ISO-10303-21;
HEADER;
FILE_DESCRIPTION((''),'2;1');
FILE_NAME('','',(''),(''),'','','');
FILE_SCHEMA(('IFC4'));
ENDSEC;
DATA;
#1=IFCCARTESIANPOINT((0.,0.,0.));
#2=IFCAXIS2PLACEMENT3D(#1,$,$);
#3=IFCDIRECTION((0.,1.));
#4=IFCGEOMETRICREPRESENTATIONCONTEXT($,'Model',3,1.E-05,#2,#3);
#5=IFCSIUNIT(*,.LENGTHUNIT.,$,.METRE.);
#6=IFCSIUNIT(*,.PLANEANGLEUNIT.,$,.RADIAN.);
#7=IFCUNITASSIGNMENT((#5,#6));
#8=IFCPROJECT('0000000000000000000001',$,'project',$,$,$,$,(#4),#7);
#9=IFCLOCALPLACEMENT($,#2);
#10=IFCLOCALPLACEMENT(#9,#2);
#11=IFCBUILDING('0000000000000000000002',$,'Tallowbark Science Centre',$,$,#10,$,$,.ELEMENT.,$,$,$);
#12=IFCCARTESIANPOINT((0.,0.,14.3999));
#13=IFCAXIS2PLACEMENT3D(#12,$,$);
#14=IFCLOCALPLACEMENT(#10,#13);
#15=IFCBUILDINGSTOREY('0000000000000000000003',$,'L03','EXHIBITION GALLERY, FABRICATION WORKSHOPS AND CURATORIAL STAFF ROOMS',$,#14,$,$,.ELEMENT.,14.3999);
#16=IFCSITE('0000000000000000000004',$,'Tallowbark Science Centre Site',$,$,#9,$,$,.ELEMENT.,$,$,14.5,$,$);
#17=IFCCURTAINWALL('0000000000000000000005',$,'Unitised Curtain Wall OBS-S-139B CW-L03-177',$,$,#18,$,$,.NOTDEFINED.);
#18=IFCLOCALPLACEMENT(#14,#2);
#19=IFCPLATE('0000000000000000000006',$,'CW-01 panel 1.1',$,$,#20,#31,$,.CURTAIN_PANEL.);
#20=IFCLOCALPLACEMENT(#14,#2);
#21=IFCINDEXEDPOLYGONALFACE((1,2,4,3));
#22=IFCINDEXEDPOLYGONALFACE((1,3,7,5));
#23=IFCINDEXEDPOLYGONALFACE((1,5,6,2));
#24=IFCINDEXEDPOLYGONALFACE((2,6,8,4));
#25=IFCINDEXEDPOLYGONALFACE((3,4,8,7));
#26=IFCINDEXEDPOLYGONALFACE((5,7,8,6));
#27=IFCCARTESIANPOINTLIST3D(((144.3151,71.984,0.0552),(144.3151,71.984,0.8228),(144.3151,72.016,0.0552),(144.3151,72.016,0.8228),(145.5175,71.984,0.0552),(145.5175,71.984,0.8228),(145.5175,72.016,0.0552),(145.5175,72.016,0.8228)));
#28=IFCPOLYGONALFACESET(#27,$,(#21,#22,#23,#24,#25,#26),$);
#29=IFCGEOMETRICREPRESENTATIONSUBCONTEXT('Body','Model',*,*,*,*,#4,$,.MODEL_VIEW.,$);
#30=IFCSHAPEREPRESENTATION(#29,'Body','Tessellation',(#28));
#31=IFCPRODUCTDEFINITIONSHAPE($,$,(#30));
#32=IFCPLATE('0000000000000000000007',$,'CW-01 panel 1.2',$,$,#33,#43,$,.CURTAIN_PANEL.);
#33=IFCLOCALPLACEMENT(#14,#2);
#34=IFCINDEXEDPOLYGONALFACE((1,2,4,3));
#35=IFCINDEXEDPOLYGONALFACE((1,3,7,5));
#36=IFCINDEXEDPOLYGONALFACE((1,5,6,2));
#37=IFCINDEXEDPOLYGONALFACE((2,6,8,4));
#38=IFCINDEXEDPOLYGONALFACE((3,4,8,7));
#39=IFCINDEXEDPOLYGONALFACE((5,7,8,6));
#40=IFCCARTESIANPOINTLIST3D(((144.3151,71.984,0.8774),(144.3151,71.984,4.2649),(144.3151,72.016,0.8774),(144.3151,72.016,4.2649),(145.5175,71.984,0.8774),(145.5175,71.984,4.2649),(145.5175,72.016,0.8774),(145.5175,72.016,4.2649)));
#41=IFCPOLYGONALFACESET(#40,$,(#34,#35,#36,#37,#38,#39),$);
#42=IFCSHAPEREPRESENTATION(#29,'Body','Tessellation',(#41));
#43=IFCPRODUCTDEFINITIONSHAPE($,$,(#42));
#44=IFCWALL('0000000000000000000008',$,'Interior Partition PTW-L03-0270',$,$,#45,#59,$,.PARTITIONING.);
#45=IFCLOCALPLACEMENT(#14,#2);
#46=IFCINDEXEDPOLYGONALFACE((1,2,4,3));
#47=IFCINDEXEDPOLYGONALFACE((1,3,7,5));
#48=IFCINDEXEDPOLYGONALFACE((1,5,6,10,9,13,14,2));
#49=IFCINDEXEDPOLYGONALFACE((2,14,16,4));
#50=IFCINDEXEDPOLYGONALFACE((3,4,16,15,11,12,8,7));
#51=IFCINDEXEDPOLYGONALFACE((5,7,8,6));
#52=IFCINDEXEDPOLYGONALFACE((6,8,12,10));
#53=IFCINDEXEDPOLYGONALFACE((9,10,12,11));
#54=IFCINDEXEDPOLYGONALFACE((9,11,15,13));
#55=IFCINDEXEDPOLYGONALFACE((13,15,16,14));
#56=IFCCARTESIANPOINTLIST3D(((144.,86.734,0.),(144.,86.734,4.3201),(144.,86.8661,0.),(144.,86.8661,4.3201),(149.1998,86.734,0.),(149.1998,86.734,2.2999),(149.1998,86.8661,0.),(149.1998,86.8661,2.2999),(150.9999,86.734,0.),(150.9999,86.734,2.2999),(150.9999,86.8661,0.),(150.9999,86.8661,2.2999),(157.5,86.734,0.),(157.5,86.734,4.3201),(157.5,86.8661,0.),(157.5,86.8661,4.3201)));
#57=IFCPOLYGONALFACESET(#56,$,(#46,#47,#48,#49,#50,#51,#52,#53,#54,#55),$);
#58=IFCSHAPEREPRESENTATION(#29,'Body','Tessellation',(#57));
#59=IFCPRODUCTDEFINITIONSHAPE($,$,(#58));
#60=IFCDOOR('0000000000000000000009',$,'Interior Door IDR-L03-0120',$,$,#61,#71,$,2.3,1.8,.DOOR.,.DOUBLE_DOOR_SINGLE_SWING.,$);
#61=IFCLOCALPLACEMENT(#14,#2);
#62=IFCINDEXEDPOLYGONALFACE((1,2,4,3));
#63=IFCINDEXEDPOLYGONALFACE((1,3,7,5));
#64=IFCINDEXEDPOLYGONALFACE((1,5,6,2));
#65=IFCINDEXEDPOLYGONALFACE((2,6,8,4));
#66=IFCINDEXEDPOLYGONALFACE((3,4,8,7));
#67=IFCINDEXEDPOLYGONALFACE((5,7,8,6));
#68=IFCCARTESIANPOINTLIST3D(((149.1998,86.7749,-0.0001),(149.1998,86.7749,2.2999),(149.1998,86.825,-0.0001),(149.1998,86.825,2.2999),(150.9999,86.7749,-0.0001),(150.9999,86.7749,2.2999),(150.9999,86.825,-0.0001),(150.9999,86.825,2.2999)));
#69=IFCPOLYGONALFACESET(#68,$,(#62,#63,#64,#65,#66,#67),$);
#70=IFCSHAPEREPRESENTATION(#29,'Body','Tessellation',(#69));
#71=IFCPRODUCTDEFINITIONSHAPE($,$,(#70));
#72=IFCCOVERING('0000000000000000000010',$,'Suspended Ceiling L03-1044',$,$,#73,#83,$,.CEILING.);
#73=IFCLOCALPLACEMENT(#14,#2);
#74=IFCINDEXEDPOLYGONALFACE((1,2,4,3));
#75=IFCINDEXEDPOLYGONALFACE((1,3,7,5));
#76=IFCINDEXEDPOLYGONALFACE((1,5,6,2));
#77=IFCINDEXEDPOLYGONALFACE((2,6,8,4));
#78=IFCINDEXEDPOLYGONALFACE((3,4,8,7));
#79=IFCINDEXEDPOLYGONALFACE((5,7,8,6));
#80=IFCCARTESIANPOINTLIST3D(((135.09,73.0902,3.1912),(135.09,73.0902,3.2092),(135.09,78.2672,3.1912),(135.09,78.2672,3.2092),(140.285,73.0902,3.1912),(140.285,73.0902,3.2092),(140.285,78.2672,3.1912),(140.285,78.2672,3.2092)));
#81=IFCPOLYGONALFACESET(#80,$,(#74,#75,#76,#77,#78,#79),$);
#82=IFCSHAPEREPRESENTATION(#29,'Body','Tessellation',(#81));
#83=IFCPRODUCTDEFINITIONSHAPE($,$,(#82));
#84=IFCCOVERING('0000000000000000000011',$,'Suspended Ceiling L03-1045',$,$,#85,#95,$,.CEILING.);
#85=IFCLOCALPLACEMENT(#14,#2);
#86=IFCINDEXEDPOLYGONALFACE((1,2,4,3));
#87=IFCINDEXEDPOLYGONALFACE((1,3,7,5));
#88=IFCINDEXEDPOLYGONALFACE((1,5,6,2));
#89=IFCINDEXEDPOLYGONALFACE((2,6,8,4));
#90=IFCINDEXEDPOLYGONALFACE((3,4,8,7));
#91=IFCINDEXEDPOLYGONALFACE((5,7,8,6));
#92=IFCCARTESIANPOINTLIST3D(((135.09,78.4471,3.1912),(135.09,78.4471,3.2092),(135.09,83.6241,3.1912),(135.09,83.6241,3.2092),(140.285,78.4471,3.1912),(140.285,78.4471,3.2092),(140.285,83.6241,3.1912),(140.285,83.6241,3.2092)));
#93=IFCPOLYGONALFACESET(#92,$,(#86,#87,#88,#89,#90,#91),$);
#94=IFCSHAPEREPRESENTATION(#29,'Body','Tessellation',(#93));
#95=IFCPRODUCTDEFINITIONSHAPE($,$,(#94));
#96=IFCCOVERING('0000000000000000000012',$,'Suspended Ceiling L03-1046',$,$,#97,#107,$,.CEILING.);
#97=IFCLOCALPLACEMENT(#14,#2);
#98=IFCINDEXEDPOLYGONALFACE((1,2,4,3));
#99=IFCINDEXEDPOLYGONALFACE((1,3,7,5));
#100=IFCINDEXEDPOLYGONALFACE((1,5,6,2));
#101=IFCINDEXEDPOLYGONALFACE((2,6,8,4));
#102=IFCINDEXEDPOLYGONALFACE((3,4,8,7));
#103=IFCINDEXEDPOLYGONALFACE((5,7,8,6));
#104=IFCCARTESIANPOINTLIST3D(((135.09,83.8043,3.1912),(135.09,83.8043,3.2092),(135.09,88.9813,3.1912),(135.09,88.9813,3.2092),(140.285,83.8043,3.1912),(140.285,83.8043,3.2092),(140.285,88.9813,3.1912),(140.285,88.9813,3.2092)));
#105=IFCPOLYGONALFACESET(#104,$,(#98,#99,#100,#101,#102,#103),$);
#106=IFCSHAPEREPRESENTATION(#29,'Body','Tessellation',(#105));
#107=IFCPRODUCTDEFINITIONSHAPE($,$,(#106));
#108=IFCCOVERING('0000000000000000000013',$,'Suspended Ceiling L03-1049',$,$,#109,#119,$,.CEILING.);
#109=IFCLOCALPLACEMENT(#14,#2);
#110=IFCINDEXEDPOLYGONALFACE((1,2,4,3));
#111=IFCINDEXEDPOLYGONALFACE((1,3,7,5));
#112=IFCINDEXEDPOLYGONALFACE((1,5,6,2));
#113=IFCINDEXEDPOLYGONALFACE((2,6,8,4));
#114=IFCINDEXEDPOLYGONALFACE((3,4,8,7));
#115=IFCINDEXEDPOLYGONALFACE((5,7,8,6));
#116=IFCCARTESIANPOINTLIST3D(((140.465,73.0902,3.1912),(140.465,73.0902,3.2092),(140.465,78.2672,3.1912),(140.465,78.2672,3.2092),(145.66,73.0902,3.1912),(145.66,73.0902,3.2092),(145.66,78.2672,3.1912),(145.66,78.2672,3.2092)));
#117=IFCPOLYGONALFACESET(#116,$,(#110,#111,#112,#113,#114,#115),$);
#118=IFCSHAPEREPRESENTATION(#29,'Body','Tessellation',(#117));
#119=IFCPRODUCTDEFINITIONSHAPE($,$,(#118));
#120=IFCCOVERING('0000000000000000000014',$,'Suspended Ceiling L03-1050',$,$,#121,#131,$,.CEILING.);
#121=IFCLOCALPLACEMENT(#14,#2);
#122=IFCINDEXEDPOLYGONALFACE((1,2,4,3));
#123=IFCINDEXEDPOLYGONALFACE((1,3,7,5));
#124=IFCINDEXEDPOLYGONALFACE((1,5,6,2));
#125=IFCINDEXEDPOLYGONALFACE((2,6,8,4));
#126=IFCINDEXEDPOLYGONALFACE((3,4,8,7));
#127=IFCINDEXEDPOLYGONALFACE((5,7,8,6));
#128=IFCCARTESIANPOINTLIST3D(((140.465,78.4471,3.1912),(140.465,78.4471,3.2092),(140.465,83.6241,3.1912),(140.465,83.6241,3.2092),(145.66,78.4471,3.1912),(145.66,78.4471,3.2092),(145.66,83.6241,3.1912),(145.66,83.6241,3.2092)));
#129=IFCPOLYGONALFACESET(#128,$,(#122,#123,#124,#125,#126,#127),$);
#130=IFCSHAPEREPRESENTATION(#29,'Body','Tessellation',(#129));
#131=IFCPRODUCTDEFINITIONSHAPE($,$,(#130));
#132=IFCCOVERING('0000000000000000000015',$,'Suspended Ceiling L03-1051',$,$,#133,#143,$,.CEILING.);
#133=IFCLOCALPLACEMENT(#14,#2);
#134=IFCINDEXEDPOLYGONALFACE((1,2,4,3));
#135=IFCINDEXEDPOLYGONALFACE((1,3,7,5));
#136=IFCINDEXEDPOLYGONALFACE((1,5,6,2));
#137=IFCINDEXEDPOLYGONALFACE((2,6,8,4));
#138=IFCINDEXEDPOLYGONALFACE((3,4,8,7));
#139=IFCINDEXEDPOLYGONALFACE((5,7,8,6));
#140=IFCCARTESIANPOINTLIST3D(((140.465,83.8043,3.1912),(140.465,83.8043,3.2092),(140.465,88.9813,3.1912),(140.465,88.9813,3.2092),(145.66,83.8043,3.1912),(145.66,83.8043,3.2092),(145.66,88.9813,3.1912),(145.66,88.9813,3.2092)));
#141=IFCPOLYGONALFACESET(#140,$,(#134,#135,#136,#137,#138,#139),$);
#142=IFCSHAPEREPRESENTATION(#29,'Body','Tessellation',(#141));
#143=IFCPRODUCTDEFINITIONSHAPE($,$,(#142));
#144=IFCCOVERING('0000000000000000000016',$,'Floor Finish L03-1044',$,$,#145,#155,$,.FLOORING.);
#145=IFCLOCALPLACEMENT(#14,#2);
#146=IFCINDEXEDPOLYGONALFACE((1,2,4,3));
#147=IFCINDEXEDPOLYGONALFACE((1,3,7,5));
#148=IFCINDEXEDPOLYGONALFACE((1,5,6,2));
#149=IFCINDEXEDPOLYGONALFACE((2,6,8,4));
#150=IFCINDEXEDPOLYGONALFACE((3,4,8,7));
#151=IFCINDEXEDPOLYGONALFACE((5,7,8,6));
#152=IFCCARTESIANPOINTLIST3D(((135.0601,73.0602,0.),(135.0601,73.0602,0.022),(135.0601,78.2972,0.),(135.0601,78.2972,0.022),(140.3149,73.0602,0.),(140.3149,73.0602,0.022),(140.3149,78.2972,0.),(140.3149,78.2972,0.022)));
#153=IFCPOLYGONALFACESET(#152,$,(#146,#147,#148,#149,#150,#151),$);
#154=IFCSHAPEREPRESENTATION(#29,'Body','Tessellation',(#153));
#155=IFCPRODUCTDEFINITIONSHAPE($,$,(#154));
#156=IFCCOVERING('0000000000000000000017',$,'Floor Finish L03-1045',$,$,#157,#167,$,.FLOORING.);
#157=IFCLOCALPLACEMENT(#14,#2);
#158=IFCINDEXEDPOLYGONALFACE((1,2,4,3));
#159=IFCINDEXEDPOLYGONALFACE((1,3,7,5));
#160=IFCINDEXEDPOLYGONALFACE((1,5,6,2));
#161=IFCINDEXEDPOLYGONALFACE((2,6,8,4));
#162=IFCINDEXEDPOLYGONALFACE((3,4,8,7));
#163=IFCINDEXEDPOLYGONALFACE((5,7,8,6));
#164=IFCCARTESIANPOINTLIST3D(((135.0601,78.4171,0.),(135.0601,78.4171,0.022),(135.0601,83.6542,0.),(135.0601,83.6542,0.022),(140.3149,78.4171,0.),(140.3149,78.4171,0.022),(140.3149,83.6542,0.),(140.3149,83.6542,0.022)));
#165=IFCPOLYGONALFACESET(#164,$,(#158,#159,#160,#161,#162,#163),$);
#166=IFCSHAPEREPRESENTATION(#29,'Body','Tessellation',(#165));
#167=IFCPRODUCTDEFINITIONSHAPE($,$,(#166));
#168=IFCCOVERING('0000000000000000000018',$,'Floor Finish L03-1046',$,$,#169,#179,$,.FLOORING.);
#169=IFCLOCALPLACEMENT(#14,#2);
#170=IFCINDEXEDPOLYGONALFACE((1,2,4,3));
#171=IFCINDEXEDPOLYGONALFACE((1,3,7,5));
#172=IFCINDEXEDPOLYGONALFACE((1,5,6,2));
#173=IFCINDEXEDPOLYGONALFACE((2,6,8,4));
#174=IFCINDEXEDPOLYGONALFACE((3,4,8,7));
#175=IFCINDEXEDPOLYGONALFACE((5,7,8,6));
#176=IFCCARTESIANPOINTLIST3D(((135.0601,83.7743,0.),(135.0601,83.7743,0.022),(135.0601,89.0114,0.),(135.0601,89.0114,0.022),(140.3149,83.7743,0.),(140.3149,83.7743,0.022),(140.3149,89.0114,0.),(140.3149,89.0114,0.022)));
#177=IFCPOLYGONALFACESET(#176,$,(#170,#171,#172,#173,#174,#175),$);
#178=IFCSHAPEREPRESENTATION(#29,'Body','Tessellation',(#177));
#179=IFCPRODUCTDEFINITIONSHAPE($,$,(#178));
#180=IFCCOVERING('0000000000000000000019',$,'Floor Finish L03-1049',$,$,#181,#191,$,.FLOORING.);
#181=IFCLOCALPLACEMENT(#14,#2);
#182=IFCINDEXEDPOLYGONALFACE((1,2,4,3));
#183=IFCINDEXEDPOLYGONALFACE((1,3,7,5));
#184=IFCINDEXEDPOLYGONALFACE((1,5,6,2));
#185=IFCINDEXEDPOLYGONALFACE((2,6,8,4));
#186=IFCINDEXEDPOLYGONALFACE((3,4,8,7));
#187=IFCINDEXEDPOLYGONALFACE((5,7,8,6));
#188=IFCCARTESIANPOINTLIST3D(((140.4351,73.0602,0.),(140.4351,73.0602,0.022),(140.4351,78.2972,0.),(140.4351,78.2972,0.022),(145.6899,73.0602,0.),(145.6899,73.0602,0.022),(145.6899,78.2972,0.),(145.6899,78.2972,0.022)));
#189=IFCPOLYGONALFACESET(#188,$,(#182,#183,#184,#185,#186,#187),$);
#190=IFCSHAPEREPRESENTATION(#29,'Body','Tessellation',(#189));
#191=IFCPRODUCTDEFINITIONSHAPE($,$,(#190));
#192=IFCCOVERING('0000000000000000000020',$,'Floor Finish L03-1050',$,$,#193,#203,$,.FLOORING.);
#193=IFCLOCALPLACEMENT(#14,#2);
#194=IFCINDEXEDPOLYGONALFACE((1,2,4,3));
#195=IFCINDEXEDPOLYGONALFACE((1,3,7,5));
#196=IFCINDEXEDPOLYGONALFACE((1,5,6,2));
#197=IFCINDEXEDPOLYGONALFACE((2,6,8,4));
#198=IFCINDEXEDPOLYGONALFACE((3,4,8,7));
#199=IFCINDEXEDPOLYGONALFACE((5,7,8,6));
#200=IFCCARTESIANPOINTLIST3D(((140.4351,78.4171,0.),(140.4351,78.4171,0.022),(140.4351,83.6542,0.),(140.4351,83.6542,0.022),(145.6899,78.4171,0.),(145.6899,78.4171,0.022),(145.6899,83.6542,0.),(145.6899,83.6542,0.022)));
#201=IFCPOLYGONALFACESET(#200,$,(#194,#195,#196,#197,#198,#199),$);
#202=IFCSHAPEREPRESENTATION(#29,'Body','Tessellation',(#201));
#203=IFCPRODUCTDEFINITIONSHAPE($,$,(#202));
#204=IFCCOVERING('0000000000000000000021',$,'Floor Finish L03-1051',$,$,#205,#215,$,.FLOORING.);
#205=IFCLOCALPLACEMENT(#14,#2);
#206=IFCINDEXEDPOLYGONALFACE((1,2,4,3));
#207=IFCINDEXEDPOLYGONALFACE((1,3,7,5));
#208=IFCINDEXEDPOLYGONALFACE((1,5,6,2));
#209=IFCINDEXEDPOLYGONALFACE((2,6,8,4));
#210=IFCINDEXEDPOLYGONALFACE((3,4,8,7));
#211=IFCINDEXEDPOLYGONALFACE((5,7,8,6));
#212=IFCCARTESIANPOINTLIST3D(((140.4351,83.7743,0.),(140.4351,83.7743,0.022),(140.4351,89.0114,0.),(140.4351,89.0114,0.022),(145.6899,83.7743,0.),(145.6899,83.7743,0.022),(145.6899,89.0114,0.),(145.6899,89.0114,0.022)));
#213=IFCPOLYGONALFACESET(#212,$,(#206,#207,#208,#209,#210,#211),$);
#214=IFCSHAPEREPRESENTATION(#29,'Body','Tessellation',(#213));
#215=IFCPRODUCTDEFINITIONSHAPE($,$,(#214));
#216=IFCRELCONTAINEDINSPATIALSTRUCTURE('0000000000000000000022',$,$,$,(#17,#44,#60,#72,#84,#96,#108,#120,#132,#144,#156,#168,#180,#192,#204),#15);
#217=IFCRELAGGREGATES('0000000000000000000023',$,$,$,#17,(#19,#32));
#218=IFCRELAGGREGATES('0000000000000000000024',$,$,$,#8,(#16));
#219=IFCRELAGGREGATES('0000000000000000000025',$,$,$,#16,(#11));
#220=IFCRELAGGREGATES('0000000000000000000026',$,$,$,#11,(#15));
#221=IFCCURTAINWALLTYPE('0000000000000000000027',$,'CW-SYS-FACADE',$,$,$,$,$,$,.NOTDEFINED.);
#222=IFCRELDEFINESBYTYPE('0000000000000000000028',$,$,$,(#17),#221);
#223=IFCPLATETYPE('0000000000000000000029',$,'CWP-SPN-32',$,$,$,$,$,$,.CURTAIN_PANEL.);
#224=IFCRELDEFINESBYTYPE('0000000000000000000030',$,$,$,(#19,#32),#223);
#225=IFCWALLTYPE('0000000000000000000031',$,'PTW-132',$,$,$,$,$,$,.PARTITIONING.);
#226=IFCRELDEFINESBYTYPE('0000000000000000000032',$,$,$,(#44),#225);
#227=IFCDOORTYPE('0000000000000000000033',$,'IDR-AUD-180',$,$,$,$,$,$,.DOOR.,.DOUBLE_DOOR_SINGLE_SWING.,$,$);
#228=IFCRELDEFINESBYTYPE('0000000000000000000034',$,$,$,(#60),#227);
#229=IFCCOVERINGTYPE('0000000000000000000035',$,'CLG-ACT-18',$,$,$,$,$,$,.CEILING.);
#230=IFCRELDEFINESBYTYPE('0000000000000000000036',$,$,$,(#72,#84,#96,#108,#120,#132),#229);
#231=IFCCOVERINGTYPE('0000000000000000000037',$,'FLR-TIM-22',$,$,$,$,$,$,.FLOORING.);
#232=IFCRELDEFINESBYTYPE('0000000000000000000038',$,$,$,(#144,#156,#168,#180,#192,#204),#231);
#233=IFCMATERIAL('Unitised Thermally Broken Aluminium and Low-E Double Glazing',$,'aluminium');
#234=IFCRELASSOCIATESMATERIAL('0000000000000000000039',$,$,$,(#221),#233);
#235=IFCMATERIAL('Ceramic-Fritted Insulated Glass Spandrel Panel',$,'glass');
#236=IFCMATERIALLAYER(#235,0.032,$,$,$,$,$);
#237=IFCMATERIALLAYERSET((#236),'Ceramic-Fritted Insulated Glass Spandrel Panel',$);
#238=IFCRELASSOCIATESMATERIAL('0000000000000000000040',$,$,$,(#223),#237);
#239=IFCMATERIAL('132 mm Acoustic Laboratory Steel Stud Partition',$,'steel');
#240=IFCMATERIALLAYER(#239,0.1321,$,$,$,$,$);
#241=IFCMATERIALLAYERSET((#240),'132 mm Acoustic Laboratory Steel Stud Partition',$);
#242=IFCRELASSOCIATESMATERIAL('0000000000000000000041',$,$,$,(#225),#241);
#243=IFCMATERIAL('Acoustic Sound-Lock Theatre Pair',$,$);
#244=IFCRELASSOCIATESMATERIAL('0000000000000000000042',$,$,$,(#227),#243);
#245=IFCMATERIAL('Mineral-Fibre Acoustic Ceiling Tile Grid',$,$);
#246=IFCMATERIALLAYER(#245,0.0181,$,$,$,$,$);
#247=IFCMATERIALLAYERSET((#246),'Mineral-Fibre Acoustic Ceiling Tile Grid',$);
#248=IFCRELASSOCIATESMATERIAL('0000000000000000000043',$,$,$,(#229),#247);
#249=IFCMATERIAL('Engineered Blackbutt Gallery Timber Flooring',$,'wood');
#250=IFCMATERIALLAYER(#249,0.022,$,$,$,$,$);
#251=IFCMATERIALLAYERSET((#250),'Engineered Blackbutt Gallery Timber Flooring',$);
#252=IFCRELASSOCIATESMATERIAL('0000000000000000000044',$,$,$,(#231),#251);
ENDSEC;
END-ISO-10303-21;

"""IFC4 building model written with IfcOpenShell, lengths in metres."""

from ifc_helpers import new_model, si_unit, direction, frame, frame_2d, origin, origin_2d, place, context, subcontext, project, spatial, rectangle, extrude, material, layer, layer_set, type_object, element, fill, aggregate, save


model = new_model("IFC4")

# Units and contexts
model_context = context("Model", 3, precision=1e-05, world=origin(), true_north=direction((0.0, 1.0)))
body_context = subcontext(model_context, "Body", "Model", "MODEL_VIEW")
ifc_project = project(units=[si_unit("LENGTHUNIT", "METRE"), si_unit("PLANEANGLEUNIT", "RADIAN")], contexts=[model_context])

# Site, building, storey
site_placement = place(None, origin())
site = spatial("IfcSite", under=ifc_project, at=site_placement, Name="Tallowbark Science Centre Site", CompositionType="ELEMENT", RefElevation=14.5)
building_placement = place(site_placement, origin())
building = spatial("IfcBuilding", under=site, at=building_placement, Name="Tallowbark Science Centre", CompositionType="ELEMENT")
storey_placement = place(building_placement, frame((0.0, 0.0, 14.3999)))
storey = spatial("IfcBuildingStorey", under=building, at=storey_placement, Name="L03", Description="EXHIBITION GALLERY, FABRICATION WORKSHOPS AND CURATORIAL STAFF ROOMS", CompositionType="ELEMENT", Elevation=14.3999)

# Curtain wall
ifc_material_1 = material(Name="Unitised Thermally Broken Aluminium and Low-E Double Glazing", Category="aluminium")
curtain_wall_type = type_object("IfcCurtainWallType", Name="CW-SYS-FACADE", PredefinedType="NOTDEFINED", material=ifc_material_1)
curtain_wall_placement = place(storey_placement, origin())
curtain_wall = element("IfcCurtainWall", 1, at=curtain_wall_placement, inside=storey, type_object=curtain_wall_type, Name="Unitised Curtain Wall OBS-S-139B CW-L03-177", PredefinedType="NOTDEFINED")

# Plates
ifc_material_2 = material(Name="Ceramic-Fritted Insulated Glass Spandrel Panel", Category="glass")
ifc_layer_1 = layer(ifc_material_2, 0.032)
ifc_layer_set_1 = layer_set([ifc_layer_1], Name="Ceramic-Fritted Insulated Glass Spandrel Panel")
plate_type = type_object("IfcPlateType", Name="CWP-SPN-32", PredefinedType="CURTAIN_PANEL", material=ifc_layer_set_1)
plate_1_placement = place(storey_placement, frame((144.9163, 72.0, 0.0552), z_axis=(0.0, 0.0, 1.0), x_axis=(1.0, 0.0, 0.0)))
plate_1 = element("IfcPlate", 2, at=plate_1_placement, type_object=plate_type, Name="CW-01 panel 1.1", PredefinedType="CURTAIN_PANEL", context=body_context, shape_type="SweptSolid", body=[
    extrude(rectangle(XDim=1.2024, YDim=0.032, at=origin_2d()), origin(), (0.0, 0.0, 1.0), 0.7676),
])
plate_2_placement = place(storey_placement, frame((144.9163, 72.0, 0.8774), z_axis=(0.0, 0.0, 1.0), x_axis=(1.0, 0.0, 0.0)))
plate_2 = element("IfcPlate", 3, at=plate_2_placement, type_object=plate_type, Name="CW-01 panel 1.2", PredefinedType="CURTAIN_PANEL", context=body_context, shape_type="SweptSolid", body=[
    extrude(rectangle(XDim=1.2024, YDim=0.032, at=origin_2d()), origin(), (0.0, 0.0, 1.0), 3.3875),
])
aggregate(curtain_wall, [plate_1, plate_2])

# Wall, opening, door
ifc_material_3 = material(Name="132 mm Acoustic Laboratory Steel Stud Partition", Category="steel")
ifc_layer_2 = layer(ifc_material_3, 0.1321)
ifc_layer_set_2 = layer_set([ifc_layer_2], Name="132 mm Acoustic Laboratory Steel Stud Partition")
wall_type = type_object("IfcWallType", Name="PTW-132", PredefinedType="PARTITIONING", material=ifc_layer_set_2)
wall_placement = place(storey_placement, frame((144.0, 86.8, 0.0), z_axis=(0.0, 0.0, 1.0), x_axis=(1.0, 0.0, 0.0)))
wall = element("IfcWall", 4, at=wall_placement, inside=storey, type_object=wall_type, Name="Interior Partition PTW-L03-0270", PredefinedType="PARTITIONING", context=body_context, shape_type="SweptSolid", body=[
    extrude(rectangle(XDim=13.5, YDim=0.1321, at=frame_2d((6.75, 0.0))), origin(), (0.0, 0.0, 1.0), 4.3201),
])
opening_placement = place(wall_placement, frame((5.2, 0.0, 0.0)))
opening = element("IfcOpeningElement", 5, at=opening_placement, cuts=wall, PredefinedType="OPENING", context=body_context, shape_type="SweptSolid", body=[
    extrude(rectangle(XDim=1.8, YDim=2.3, at=frame_2d((0.8999, 1.1499))), frame((0.0, 0.0762, 0.0), z_axis=(0.0, -1.0, 0.0), x_axis=(1.0, 0.0, 0.0)), (0.0, 0.0, 1.0), 0.1521),
])
ifc_material_4 = material(Name="Acoustic Sound-Lock Theatre Pair")
door_type = type_object("IfcDoorType", Name="IDR-AUD-180", OperationType="DOUBLE_DOOR_SINGLE_SWING", PredefinedType="DOOR", material=ifc_material_4)
door_placement = place(opening_placement, origin())
door = element("IfcDoor", 6, at=door_placement, inside=storey, type_object=door_type, Name="Interior Door IDR-L03-0120", OperationType="DOUBLE_DOOR_SINGLE_SWING", OverallHeight=2.3, OverallWidth=1.8, PredefinedType="DOOR", context=body_context, shape_type="SweptSolid", body=[
    extrude(rectangle(XDim=1.8, YDim=2.3, at=frame_2d((0.8999, 1.1499))), frame((0.0, 0.0249, 0.0), z_axis=(0.0, -1.0, 0.0), x_axis=(1.0, 0.0, 0.0)), (0.0, 0.0, 1.0), 0.05),
])
fill(opening, door)

# Coverings
ifc_material_5 = material(Name="Mineral-Fibre Acoustic Ceiling Tile Grid")
ifc_layer_3 = layer(ifc_material_5, 0.0181)
ifc_layer_set_3 = layer_set([ifc_layer_3], Name="Mineral-Fibre Acoustic Ceiling Tile Grid")
covering_type_1 = type_object("IfcCoveringType", Name="CLG-ACT-18", PredefinedType="CEILING", material=ifc_layer_set_3)
for number, where, z_axis, x_axis, name in (
    (7, (137.6875, 75.6787, 3.1912), (0.0, 0.0, 1.0), (1.0, 0.0, 0.0), "Suspended Ceiling L03-1044"),
    (8, (137.6875, 81.0356, 3.1912), (0.0, 0.0, 1.0), (1.0, 0.0, 0.0), "Suspended Ceiling L03-1045"),
    (9, (137.6875, 86.3928, 3.1912), (0.0, 0.0, 1.0), (1.0, 0.0, 0.0), "Suspended Ceiling L03-1046"),
    (10, (143.0625, 75.6787, 3.1912), (0.0, 0.0, 1.0), (1.0, 0.0, 0.0), "Suspended Ceiling L03-1049"),
    (11, (143.0625, 81.0356, 3.1912), (0.0, 0.0, 1.0), (1.0, 0.0, 0.0), "Suspended Ceiling L03-1050"),
    (12, (143.0625, 86.3928, 3.1912), (0.0, 0.0, 1.0), (1.0, 0.0, 0.0), "Suspended Ceiling L03-1051"),
):
    element("IfcCovering", number, at=place(storey_placement, frame(where, z_axis=z_axis, x_axis=x_axis)), inside=storey, type_object=covering_type_1, Name=name, PredefinedType="CEILING", context=body_context, shape_type="SweptSolid", body=[
        extrude(rectangle(XDim=5.1951, YDim=5.177, at=origin_2d()), origin(), (0.0, 0.0, 1.0), 0.0181),
    ])
ifc_material_6 = material(Name="Engineered Blackbutt Gallery Timber Flooring", Category="wood")
ifc_layer_4 = layer(ifc_material_6, 0.022)
ifc_layer_set_4 = layer_set([ifc_layer_4], Name="Engineered Blackbutt Gallery Timber Flooring")
covering_type_2 = type_object("IfcCoveringType", Name="FLR-TIM-22", PredefinedType="FLOORING", material=ifc_layer_set_4)
for number, where, z_axis, x_axis, name in (
    (13, (137.6875, 75.6787, 0.0), (0.0, 0.0, 1.0), (1.0, 0.0, 0.0), "Floor Finish L03-1044"),
    (14, (137.6875, 81.0356, 0.0), (0.0, 0.0, 1.0), (1.0, 0.0, 0.0), "Floor Finish L03-1045"),
    (15, (137.6875, 86.3928, 0.0), (0.0, 0.0, 1.0), (1.0, 0.0, 0.0), "Floor Finish L03-1046"),
    (16, (143.0625, 75.6787, 0.0), (0.0, 0.0, 1.0), (1.0, 0.0, 0.0), "Floor Finish L03-1049"),
    (17, (143.0625, 81.0356, 0.0), (0.0, 0.0, 1.0), (1.0, 0.0, 0.0), "Floor Finish L03-1050"),
    (18, (143.0625, 86.3928, 0.0), (0.0, 0.0, 1.0), (1.0, 0.0, 0.0), "Floor Finish L03-1051"),
):
    element("IfcCovering", number, at=place(storey_placement, frame(where, z_axis=z_axis, x_axis=x_axis)), inside=storey, type_object=covering_type_2, Name=name, PredefinedType="FLOORING", context=body_context, shape_type="SweptSolid", body=[
        extrude(rectangle(XDim=5.2549, YDim=5.2371, at=origin_2d()), origin(), (0.0, 0.0, 1.0), 0.022),
    ])

save(model, "model.ifc")
